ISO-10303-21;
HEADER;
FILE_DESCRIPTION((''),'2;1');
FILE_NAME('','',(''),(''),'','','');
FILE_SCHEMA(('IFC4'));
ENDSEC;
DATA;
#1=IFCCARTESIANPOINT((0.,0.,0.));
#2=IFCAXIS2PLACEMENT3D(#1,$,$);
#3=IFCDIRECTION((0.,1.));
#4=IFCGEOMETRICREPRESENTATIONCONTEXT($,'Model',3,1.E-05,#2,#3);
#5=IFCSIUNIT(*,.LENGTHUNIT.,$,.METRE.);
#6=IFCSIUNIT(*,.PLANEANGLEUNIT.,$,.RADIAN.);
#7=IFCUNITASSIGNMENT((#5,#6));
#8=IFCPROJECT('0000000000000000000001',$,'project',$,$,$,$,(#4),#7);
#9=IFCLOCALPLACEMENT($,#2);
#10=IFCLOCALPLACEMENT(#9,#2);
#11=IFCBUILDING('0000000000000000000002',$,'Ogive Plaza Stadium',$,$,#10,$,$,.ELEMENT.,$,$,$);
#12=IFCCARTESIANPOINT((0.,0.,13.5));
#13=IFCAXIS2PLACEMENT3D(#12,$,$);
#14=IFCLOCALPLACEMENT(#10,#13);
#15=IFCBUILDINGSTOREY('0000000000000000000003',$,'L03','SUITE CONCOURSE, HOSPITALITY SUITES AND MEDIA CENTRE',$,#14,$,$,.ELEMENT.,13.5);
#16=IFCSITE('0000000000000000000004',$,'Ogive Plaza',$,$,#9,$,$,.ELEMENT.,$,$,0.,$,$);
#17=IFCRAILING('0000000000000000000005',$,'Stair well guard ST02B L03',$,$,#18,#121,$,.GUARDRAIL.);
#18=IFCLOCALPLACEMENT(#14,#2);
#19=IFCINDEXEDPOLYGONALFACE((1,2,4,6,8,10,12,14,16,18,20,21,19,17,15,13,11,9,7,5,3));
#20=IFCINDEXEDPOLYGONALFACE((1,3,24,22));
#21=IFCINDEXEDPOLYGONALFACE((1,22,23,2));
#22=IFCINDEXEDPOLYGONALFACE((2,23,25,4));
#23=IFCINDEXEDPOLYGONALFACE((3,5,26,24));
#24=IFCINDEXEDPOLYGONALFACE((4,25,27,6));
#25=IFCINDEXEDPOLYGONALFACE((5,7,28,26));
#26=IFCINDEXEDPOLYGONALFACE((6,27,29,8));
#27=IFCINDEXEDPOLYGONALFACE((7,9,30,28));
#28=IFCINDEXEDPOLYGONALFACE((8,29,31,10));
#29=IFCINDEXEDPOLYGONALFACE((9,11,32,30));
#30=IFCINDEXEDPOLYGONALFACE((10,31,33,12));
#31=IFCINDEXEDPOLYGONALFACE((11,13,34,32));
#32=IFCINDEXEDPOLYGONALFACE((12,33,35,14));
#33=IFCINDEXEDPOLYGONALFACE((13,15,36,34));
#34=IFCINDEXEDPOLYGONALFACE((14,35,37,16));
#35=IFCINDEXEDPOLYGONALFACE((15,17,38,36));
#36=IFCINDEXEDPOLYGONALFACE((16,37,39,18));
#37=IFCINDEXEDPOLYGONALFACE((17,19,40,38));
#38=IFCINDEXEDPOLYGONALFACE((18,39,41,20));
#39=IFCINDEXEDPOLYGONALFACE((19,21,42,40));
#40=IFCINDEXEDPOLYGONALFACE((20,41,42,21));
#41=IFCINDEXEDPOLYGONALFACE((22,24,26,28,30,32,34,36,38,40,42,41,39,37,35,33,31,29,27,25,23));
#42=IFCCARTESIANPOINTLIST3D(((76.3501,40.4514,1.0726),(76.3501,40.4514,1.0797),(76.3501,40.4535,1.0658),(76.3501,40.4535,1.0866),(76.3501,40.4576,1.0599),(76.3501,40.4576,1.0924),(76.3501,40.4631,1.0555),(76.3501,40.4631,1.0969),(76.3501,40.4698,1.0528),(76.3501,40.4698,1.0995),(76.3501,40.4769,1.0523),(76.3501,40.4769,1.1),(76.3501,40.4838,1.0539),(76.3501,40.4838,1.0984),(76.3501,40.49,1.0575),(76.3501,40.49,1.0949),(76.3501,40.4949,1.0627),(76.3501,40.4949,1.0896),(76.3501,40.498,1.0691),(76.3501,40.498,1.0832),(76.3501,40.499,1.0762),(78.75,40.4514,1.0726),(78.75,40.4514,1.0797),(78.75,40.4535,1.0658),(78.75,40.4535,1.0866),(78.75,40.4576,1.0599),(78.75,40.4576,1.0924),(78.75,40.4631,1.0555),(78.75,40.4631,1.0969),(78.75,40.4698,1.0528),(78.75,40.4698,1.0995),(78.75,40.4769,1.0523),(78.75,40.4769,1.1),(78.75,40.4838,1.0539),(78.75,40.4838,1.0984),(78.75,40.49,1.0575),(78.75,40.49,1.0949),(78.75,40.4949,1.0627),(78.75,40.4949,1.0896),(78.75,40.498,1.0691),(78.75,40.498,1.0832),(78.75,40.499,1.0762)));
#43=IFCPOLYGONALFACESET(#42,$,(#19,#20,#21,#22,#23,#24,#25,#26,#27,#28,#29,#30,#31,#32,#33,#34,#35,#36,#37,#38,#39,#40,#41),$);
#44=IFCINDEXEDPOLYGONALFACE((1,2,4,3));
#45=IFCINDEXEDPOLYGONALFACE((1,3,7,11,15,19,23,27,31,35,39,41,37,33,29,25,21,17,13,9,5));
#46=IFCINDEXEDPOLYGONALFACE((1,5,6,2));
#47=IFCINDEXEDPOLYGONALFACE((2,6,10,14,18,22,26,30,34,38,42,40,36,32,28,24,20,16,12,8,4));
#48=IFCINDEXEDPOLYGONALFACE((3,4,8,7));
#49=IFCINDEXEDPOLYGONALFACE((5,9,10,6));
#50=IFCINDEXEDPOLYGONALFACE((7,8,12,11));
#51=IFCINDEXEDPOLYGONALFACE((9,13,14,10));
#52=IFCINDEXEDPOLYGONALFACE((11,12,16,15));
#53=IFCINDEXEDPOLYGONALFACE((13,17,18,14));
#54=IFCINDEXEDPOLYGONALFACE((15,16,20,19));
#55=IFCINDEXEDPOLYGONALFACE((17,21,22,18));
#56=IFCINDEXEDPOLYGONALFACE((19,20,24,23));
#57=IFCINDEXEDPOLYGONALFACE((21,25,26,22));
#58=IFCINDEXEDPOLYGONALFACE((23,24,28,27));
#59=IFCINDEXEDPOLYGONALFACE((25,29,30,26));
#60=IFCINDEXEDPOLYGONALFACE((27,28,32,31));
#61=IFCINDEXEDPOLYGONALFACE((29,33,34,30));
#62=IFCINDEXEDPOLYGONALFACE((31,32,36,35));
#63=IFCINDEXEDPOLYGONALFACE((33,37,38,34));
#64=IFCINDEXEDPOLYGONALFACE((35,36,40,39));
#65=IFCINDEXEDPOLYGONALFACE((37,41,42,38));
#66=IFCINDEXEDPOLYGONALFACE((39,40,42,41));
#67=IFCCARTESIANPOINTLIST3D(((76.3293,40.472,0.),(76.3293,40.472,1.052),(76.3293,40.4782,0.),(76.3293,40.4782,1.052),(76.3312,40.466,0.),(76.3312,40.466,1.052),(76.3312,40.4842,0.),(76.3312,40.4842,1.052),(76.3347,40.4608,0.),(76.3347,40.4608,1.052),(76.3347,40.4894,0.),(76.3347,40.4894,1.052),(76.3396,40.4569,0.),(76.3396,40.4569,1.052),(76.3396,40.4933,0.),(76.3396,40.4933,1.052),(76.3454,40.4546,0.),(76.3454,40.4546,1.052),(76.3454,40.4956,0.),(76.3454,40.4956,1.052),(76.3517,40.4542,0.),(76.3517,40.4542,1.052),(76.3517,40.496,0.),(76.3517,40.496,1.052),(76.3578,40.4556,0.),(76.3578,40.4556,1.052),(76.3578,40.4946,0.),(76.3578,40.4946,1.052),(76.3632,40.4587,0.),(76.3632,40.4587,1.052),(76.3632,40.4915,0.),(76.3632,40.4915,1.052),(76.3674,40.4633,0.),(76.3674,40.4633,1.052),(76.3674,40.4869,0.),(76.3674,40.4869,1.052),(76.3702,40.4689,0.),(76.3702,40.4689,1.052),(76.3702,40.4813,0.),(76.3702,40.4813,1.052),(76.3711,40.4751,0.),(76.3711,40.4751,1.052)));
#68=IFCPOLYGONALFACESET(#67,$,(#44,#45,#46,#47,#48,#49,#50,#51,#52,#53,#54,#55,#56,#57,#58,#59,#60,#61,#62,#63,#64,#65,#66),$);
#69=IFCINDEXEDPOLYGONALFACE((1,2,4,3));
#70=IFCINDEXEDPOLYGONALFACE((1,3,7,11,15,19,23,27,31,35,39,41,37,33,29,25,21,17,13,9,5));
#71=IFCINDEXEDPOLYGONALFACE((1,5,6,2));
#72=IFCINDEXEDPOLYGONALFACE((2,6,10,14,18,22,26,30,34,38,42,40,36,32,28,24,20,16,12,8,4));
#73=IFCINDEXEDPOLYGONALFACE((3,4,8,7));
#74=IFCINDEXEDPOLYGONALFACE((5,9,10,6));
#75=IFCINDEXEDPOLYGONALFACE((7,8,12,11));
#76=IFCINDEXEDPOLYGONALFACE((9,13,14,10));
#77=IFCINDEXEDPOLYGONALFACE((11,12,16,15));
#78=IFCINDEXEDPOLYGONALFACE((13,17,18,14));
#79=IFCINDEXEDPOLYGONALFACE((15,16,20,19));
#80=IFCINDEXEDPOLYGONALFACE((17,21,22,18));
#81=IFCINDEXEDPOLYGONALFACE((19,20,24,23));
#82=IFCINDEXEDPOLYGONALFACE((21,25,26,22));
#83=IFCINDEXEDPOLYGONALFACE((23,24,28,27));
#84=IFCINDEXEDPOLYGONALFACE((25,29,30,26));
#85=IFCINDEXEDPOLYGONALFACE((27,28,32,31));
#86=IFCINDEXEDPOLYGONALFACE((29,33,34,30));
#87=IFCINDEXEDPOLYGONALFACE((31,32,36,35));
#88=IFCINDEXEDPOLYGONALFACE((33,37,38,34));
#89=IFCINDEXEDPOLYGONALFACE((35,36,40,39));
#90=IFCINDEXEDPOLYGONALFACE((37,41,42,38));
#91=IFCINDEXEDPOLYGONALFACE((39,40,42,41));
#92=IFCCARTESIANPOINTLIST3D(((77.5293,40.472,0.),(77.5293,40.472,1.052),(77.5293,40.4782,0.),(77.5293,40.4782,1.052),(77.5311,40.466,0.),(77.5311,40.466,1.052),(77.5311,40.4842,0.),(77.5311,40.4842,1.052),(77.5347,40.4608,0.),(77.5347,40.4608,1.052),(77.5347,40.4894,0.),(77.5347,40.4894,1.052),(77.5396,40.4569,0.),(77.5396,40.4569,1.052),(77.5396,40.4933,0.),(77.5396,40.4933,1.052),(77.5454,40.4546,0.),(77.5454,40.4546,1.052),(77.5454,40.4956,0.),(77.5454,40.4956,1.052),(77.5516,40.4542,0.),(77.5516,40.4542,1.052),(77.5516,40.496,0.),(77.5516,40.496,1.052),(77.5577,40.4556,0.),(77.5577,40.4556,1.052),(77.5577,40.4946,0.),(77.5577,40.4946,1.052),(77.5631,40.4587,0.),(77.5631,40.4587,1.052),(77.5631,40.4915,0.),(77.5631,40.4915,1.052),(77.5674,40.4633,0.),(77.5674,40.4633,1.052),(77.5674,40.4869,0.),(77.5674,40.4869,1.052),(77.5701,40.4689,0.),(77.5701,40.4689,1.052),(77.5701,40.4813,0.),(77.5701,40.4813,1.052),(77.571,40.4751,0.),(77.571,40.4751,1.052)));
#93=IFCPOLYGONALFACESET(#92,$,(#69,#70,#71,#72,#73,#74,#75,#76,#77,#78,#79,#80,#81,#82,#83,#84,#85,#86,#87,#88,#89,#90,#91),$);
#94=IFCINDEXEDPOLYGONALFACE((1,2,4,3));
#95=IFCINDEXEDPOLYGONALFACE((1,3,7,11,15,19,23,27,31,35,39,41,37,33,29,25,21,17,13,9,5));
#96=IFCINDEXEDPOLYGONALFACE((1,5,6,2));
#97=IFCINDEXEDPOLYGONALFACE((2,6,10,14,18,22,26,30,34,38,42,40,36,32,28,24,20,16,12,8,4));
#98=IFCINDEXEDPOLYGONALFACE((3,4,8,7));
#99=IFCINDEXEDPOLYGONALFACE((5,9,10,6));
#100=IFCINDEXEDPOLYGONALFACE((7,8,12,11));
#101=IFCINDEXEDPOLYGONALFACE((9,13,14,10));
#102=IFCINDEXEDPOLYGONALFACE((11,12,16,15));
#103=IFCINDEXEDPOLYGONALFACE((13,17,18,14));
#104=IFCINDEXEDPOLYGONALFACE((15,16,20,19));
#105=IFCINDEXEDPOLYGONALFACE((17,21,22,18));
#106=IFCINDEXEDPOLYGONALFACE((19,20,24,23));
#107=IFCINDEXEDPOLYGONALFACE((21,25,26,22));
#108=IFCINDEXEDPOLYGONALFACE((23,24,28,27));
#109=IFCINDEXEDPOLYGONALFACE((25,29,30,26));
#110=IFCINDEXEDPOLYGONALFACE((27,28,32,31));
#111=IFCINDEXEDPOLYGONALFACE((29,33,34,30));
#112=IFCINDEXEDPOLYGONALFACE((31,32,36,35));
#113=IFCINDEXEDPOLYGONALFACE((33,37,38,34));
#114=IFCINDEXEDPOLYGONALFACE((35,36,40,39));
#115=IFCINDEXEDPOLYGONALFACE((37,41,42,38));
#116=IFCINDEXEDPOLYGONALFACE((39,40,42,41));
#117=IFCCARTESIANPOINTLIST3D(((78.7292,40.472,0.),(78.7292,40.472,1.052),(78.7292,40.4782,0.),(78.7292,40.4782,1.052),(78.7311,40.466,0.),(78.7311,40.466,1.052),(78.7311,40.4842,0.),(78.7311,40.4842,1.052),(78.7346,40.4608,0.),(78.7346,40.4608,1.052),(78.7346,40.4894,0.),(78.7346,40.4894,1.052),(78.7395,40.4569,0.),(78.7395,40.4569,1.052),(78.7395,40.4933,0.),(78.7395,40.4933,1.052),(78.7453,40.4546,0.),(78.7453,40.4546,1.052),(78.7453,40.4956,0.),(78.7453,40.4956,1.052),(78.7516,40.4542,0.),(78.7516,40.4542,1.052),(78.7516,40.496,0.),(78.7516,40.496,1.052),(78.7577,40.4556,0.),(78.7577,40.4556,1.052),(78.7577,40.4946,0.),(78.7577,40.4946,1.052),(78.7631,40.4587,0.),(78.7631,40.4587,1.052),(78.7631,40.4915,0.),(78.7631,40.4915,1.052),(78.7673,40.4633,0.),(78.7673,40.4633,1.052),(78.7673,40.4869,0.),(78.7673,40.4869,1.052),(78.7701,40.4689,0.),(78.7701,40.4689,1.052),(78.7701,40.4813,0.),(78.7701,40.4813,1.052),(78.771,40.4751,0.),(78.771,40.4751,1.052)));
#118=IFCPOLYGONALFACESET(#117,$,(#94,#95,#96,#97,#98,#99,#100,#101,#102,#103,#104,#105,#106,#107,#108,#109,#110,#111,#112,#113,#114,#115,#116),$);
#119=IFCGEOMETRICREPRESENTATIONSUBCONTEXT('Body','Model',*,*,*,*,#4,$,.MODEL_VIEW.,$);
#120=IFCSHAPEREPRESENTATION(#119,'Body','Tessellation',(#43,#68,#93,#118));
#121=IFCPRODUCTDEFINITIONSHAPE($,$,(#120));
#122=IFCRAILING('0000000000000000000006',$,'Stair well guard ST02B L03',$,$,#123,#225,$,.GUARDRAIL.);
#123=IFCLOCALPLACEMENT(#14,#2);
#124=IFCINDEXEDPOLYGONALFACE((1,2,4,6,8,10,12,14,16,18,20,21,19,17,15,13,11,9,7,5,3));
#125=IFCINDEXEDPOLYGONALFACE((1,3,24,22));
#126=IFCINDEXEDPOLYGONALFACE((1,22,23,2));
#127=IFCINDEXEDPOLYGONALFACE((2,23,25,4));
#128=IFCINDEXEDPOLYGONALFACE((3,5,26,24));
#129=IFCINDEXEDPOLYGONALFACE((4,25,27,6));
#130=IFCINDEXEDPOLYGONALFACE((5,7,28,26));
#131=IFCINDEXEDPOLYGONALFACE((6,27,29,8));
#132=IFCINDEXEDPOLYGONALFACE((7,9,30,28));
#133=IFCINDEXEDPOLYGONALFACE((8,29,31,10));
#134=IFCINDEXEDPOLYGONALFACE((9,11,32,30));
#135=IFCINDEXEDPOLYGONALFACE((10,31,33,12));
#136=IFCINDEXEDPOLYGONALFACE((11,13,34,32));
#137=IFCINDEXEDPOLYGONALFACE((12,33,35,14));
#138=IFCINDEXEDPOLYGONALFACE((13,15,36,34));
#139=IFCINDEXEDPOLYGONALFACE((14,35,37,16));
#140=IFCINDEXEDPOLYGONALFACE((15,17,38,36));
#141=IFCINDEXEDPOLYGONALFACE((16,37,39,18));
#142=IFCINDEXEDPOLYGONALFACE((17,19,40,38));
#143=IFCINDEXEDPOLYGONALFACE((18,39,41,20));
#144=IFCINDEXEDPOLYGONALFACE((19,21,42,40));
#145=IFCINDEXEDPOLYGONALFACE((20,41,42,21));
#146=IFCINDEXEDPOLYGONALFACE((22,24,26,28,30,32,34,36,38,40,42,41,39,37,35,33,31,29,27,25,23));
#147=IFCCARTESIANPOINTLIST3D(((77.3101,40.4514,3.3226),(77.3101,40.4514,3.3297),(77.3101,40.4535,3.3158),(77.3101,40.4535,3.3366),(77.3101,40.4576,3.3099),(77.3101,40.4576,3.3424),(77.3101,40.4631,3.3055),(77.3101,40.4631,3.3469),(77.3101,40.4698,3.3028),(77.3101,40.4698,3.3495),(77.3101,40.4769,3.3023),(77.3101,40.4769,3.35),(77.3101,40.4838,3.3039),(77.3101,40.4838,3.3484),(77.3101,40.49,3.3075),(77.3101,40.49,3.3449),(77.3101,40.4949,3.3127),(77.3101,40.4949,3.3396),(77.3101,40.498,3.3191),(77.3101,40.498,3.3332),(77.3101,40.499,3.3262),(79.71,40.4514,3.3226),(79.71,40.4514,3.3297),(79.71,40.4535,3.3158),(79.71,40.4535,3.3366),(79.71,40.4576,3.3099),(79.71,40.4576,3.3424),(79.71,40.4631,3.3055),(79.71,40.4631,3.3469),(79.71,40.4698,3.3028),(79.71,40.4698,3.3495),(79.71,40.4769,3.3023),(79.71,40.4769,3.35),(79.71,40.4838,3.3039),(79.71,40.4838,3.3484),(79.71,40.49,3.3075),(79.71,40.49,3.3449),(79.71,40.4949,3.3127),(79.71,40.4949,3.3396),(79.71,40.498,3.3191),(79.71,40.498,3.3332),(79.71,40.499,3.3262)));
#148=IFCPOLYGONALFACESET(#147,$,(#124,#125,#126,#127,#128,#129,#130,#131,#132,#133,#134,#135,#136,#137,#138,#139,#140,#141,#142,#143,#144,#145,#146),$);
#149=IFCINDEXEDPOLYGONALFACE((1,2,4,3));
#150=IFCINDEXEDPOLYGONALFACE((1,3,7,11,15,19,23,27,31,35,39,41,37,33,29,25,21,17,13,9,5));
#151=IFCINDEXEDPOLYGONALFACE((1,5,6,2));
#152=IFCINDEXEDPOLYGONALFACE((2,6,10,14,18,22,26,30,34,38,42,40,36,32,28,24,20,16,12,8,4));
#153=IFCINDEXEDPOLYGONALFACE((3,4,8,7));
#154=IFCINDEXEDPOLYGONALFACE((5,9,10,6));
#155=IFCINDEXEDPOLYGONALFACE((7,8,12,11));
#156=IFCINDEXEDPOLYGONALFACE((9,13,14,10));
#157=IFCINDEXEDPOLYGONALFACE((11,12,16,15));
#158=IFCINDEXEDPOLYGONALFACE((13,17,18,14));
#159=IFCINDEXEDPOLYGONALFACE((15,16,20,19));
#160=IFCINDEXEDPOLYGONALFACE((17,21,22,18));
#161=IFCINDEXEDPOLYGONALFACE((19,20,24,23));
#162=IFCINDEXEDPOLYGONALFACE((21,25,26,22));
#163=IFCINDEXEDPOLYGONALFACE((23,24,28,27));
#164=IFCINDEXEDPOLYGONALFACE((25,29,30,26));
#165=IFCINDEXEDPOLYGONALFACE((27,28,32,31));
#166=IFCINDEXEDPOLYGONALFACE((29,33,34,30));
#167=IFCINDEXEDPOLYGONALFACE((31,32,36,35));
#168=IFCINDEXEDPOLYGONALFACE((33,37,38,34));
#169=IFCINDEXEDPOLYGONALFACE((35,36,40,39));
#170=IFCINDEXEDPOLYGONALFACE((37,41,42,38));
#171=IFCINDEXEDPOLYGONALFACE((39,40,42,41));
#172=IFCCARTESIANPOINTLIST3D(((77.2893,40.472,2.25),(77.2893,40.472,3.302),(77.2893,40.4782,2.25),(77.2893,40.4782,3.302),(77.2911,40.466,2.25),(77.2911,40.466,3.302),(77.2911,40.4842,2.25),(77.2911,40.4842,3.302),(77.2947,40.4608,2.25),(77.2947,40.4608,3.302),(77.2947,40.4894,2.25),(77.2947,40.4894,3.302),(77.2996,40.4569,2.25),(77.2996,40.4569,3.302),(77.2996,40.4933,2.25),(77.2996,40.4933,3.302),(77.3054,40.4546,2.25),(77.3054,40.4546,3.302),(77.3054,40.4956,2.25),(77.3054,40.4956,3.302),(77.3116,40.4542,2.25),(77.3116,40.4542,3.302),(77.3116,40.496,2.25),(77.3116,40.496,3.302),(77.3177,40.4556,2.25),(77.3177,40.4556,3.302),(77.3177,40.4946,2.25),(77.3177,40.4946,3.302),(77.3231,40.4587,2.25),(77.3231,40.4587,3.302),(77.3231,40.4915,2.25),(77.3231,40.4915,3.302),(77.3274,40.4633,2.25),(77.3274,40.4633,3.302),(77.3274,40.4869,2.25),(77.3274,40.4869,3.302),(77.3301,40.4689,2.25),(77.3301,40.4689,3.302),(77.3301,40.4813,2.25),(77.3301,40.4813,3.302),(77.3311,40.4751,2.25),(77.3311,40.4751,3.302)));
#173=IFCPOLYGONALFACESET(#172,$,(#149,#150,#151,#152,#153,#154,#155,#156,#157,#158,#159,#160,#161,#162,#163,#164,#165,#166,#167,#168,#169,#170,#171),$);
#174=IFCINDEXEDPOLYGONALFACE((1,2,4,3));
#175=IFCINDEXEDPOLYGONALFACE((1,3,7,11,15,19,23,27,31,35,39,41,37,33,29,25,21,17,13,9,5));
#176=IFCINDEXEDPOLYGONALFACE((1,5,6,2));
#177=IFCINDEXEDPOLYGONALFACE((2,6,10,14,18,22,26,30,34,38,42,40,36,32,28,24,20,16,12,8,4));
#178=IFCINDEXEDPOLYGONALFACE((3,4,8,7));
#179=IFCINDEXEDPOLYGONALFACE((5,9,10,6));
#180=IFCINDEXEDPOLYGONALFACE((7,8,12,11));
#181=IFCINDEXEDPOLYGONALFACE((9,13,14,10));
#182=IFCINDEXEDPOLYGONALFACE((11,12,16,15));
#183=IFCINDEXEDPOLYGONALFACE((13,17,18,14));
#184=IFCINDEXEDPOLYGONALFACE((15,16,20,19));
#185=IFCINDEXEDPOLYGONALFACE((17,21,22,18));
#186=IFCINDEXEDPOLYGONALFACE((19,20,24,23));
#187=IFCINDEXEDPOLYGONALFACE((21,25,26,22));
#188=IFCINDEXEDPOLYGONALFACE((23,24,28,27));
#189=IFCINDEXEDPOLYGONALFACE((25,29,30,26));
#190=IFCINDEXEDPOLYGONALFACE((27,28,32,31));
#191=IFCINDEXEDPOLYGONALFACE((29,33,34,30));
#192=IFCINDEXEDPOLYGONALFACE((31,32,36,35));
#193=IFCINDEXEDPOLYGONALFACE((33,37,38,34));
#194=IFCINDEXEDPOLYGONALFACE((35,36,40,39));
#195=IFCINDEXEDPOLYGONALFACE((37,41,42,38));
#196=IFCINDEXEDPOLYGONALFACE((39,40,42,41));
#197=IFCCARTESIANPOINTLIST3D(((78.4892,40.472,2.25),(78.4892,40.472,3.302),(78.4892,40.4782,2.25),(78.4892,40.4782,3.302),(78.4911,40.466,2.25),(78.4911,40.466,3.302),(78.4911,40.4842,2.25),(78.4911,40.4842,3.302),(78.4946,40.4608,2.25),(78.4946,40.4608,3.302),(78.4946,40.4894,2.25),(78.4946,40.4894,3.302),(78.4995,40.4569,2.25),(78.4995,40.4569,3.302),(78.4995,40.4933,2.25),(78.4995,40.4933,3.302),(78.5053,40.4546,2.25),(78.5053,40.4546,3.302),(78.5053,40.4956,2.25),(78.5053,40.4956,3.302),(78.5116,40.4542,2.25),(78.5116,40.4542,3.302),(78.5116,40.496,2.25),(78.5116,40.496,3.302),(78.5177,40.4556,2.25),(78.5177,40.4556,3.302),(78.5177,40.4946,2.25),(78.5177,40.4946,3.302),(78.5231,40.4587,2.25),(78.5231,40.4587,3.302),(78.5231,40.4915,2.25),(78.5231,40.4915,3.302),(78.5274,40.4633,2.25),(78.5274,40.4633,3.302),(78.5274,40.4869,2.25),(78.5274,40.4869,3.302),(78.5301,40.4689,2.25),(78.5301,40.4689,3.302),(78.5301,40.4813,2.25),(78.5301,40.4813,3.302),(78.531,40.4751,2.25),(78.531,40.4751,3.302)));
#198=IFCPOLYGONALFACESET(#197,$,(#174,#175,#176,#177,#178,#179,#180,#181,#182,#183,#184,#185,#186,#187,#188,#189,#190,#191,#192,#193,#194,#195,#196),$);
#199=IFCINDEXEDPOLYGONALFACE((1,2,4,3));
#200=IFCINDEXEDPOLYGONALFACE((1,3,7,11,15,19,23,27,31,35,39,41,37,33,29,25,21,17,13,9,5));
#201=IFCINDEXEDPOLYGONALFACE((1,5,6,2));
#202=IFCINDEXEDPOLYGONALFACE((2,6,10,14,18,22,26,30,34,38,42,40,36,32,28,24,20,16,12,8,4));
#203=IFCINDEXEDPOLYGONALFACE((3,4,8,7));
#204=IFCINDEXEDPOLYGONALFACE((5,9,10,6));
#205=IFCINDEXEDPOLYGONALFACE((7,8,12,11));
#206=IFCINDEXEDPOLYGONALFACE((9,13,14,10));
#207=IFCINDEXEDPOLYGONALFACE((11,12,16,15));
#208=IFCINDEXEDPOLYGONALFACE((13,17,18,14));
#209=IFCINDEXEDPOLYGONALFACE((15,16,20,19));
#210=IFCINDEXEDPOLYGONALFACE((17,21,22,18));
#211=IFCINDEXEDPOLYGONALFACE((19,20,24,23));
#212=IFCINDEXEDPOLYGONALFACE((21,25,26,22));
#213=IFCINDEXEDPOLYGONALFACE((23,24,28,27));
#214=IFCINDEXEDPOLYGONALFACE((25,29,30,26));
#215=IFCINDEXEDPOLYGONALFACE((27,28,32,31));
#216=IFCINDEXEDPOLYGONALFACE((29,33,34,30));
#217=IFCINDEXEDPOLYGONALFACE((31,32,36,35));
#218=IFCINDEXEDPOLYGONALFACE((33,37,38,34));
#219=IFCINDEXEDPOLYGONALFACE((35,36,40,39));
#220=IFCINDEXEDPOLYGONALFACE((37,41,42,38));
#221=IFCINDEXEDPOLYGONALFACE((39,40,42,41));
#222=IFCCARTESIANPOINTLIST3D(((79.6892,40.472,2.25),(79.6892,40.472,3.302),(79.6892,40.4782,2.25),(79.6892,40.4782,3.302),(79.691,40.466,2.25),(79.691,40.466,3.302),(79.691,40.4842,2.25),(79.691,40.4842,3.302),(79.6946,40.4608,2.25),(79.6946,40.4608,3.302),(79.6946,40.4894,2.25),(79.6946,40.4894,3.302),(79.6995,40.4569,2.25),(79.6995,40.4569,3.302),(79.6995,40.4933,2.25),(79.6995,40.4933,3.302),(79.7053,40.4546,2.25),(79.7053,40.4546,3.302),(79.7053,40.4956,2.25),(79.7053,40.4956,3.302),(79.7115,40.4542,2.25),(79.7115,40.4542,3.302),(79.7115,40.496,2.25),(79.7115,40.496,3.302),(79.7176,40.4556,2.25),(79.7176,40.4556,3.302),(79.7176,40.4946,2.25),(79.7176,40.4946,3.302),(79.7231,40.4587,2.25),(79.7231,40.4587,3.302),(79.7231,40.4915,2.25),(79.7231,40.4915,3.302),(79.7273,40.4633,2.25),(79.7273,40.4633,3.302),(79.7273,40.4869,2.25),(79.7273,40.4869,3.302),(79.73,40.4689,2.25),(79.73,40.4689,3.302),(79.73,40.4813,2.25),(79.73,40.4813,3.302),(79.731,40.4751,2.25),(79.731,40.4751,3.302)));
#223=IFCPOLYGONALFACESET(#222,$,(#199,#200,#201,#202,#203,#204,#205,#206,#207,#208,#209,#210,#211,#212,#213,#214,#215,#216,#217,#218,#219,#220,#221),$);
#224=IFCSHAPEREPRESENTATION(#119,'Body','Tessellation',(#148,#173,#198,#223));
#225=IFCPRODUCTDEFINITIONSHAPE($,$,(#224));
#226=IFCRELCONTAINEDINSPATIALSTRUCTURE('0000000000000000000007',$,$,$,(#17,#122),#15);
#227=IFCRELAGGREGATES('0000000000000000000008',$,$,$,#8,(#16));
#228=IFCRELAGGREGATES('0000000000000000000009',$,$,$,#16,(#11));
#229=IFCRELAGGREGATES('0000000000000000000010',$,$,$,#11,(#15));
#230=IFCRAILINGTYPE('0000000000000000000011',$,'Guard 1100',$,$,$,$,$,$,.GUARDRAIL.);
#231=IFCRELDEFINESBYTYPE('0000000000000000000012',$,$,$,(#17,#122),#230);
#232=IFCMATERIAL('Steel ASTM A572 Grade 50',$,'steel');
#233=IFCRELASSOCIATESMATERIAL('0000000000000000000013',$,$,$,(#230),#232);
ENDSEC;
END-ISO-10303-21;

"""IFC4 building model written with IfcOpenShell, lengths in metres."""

from ifc_helpers import new_model, si_unit, direction, frame, origin, origin_2d, place, context, subcontext, project, spatial, circle, extrude, material, type_object, element, save


model = new_model("IFC4")

# Units and contexts
model_context = context("Model", 3, precision=1e-05, world=origin(), true_north=direction((0.0, 1.0)))
body_context = subcontext(model_context, "Body", "Model", "MODEL_VIEW")
ifc_project = project(units=[si_unit("LENGTHUNIT", "METRE"), si_unit("PLANEANGLEUNIT", "RADIAN")], contexts=[model_context])

# Site, building, storey
site_placement = place(None, origin())
site = spatial("IfcSite", under=ifc_project, at=site_placement, Name="Ogive Plaza", CompositionType="ELEMENT", RefElevation=0.0)
building_placement = place(site_placement, origin())
building = spatial("IfcBuilding", under=site, at=building_placement, Name="Ogive Plaza Stadium", CompositionType="ELEMENT")
storey_placement = place(building_placement, frame((0.0, 0.0, 13.5)))
storey = spatial("IfcBuildingStorey", under=building, at=storey_placement, Name="L03", Description="SUITE CONCOURSE, HOSPITALITY SUITES AND MEDIA CENTRE", CompositionType="ELEMENT", Elevation=13.5)

# Railings
ifc_material_1 = material(Name="Steel ASTM A572 Grade 50", Category="steel")
railing_type_1 = type_object("IfcRailingType", Name="Guard 1100", PredefinedType="GUARDRAIL", material=ifc_material_1)
for number, where, name in (
    (1, (76.3501, 40.4751, 0.0), "Stair well guard ST02B L03"),
    (2, (77.3101, 40.4751, 2.25), "Stair well guard ST02B L03"),
):
    element("IfcRailing", number, at=place(storey_placement, frame(where)), inside=storey, type_object=railing_type_1, Name=name, PredefinedType="GUARDRAIL", context=body_context, shape_type="SweptSolid", body=[
        extrude(circle(Radius=0.0239, at=origin_2d()), frame((0.0, 0.0, 1.0762), z_axis=(1.0, 0.0, 0.0), x_axis=(0.0, 1.0, 0.0)), (0.0, 0.0, 1.0), 2.3999),
        extrude(circle(Radius=0.021, at=origin_2d()), origin(), (0.0, 0.0, 1.0), 1.052),
        extrude(circle(Radius=0.021, at=origin_2d()), frame((1.2, 0.0, 0.0)), (0.0, 0.0, 1.0), 1.052),
        extrude(circle(Radius=0.021, at=origin_2d()), frame((2.3999, 0.0, 0.0)), (0.0, 0.0, 1.0), 1.052),
    ])

save(model, "model.ifc")
